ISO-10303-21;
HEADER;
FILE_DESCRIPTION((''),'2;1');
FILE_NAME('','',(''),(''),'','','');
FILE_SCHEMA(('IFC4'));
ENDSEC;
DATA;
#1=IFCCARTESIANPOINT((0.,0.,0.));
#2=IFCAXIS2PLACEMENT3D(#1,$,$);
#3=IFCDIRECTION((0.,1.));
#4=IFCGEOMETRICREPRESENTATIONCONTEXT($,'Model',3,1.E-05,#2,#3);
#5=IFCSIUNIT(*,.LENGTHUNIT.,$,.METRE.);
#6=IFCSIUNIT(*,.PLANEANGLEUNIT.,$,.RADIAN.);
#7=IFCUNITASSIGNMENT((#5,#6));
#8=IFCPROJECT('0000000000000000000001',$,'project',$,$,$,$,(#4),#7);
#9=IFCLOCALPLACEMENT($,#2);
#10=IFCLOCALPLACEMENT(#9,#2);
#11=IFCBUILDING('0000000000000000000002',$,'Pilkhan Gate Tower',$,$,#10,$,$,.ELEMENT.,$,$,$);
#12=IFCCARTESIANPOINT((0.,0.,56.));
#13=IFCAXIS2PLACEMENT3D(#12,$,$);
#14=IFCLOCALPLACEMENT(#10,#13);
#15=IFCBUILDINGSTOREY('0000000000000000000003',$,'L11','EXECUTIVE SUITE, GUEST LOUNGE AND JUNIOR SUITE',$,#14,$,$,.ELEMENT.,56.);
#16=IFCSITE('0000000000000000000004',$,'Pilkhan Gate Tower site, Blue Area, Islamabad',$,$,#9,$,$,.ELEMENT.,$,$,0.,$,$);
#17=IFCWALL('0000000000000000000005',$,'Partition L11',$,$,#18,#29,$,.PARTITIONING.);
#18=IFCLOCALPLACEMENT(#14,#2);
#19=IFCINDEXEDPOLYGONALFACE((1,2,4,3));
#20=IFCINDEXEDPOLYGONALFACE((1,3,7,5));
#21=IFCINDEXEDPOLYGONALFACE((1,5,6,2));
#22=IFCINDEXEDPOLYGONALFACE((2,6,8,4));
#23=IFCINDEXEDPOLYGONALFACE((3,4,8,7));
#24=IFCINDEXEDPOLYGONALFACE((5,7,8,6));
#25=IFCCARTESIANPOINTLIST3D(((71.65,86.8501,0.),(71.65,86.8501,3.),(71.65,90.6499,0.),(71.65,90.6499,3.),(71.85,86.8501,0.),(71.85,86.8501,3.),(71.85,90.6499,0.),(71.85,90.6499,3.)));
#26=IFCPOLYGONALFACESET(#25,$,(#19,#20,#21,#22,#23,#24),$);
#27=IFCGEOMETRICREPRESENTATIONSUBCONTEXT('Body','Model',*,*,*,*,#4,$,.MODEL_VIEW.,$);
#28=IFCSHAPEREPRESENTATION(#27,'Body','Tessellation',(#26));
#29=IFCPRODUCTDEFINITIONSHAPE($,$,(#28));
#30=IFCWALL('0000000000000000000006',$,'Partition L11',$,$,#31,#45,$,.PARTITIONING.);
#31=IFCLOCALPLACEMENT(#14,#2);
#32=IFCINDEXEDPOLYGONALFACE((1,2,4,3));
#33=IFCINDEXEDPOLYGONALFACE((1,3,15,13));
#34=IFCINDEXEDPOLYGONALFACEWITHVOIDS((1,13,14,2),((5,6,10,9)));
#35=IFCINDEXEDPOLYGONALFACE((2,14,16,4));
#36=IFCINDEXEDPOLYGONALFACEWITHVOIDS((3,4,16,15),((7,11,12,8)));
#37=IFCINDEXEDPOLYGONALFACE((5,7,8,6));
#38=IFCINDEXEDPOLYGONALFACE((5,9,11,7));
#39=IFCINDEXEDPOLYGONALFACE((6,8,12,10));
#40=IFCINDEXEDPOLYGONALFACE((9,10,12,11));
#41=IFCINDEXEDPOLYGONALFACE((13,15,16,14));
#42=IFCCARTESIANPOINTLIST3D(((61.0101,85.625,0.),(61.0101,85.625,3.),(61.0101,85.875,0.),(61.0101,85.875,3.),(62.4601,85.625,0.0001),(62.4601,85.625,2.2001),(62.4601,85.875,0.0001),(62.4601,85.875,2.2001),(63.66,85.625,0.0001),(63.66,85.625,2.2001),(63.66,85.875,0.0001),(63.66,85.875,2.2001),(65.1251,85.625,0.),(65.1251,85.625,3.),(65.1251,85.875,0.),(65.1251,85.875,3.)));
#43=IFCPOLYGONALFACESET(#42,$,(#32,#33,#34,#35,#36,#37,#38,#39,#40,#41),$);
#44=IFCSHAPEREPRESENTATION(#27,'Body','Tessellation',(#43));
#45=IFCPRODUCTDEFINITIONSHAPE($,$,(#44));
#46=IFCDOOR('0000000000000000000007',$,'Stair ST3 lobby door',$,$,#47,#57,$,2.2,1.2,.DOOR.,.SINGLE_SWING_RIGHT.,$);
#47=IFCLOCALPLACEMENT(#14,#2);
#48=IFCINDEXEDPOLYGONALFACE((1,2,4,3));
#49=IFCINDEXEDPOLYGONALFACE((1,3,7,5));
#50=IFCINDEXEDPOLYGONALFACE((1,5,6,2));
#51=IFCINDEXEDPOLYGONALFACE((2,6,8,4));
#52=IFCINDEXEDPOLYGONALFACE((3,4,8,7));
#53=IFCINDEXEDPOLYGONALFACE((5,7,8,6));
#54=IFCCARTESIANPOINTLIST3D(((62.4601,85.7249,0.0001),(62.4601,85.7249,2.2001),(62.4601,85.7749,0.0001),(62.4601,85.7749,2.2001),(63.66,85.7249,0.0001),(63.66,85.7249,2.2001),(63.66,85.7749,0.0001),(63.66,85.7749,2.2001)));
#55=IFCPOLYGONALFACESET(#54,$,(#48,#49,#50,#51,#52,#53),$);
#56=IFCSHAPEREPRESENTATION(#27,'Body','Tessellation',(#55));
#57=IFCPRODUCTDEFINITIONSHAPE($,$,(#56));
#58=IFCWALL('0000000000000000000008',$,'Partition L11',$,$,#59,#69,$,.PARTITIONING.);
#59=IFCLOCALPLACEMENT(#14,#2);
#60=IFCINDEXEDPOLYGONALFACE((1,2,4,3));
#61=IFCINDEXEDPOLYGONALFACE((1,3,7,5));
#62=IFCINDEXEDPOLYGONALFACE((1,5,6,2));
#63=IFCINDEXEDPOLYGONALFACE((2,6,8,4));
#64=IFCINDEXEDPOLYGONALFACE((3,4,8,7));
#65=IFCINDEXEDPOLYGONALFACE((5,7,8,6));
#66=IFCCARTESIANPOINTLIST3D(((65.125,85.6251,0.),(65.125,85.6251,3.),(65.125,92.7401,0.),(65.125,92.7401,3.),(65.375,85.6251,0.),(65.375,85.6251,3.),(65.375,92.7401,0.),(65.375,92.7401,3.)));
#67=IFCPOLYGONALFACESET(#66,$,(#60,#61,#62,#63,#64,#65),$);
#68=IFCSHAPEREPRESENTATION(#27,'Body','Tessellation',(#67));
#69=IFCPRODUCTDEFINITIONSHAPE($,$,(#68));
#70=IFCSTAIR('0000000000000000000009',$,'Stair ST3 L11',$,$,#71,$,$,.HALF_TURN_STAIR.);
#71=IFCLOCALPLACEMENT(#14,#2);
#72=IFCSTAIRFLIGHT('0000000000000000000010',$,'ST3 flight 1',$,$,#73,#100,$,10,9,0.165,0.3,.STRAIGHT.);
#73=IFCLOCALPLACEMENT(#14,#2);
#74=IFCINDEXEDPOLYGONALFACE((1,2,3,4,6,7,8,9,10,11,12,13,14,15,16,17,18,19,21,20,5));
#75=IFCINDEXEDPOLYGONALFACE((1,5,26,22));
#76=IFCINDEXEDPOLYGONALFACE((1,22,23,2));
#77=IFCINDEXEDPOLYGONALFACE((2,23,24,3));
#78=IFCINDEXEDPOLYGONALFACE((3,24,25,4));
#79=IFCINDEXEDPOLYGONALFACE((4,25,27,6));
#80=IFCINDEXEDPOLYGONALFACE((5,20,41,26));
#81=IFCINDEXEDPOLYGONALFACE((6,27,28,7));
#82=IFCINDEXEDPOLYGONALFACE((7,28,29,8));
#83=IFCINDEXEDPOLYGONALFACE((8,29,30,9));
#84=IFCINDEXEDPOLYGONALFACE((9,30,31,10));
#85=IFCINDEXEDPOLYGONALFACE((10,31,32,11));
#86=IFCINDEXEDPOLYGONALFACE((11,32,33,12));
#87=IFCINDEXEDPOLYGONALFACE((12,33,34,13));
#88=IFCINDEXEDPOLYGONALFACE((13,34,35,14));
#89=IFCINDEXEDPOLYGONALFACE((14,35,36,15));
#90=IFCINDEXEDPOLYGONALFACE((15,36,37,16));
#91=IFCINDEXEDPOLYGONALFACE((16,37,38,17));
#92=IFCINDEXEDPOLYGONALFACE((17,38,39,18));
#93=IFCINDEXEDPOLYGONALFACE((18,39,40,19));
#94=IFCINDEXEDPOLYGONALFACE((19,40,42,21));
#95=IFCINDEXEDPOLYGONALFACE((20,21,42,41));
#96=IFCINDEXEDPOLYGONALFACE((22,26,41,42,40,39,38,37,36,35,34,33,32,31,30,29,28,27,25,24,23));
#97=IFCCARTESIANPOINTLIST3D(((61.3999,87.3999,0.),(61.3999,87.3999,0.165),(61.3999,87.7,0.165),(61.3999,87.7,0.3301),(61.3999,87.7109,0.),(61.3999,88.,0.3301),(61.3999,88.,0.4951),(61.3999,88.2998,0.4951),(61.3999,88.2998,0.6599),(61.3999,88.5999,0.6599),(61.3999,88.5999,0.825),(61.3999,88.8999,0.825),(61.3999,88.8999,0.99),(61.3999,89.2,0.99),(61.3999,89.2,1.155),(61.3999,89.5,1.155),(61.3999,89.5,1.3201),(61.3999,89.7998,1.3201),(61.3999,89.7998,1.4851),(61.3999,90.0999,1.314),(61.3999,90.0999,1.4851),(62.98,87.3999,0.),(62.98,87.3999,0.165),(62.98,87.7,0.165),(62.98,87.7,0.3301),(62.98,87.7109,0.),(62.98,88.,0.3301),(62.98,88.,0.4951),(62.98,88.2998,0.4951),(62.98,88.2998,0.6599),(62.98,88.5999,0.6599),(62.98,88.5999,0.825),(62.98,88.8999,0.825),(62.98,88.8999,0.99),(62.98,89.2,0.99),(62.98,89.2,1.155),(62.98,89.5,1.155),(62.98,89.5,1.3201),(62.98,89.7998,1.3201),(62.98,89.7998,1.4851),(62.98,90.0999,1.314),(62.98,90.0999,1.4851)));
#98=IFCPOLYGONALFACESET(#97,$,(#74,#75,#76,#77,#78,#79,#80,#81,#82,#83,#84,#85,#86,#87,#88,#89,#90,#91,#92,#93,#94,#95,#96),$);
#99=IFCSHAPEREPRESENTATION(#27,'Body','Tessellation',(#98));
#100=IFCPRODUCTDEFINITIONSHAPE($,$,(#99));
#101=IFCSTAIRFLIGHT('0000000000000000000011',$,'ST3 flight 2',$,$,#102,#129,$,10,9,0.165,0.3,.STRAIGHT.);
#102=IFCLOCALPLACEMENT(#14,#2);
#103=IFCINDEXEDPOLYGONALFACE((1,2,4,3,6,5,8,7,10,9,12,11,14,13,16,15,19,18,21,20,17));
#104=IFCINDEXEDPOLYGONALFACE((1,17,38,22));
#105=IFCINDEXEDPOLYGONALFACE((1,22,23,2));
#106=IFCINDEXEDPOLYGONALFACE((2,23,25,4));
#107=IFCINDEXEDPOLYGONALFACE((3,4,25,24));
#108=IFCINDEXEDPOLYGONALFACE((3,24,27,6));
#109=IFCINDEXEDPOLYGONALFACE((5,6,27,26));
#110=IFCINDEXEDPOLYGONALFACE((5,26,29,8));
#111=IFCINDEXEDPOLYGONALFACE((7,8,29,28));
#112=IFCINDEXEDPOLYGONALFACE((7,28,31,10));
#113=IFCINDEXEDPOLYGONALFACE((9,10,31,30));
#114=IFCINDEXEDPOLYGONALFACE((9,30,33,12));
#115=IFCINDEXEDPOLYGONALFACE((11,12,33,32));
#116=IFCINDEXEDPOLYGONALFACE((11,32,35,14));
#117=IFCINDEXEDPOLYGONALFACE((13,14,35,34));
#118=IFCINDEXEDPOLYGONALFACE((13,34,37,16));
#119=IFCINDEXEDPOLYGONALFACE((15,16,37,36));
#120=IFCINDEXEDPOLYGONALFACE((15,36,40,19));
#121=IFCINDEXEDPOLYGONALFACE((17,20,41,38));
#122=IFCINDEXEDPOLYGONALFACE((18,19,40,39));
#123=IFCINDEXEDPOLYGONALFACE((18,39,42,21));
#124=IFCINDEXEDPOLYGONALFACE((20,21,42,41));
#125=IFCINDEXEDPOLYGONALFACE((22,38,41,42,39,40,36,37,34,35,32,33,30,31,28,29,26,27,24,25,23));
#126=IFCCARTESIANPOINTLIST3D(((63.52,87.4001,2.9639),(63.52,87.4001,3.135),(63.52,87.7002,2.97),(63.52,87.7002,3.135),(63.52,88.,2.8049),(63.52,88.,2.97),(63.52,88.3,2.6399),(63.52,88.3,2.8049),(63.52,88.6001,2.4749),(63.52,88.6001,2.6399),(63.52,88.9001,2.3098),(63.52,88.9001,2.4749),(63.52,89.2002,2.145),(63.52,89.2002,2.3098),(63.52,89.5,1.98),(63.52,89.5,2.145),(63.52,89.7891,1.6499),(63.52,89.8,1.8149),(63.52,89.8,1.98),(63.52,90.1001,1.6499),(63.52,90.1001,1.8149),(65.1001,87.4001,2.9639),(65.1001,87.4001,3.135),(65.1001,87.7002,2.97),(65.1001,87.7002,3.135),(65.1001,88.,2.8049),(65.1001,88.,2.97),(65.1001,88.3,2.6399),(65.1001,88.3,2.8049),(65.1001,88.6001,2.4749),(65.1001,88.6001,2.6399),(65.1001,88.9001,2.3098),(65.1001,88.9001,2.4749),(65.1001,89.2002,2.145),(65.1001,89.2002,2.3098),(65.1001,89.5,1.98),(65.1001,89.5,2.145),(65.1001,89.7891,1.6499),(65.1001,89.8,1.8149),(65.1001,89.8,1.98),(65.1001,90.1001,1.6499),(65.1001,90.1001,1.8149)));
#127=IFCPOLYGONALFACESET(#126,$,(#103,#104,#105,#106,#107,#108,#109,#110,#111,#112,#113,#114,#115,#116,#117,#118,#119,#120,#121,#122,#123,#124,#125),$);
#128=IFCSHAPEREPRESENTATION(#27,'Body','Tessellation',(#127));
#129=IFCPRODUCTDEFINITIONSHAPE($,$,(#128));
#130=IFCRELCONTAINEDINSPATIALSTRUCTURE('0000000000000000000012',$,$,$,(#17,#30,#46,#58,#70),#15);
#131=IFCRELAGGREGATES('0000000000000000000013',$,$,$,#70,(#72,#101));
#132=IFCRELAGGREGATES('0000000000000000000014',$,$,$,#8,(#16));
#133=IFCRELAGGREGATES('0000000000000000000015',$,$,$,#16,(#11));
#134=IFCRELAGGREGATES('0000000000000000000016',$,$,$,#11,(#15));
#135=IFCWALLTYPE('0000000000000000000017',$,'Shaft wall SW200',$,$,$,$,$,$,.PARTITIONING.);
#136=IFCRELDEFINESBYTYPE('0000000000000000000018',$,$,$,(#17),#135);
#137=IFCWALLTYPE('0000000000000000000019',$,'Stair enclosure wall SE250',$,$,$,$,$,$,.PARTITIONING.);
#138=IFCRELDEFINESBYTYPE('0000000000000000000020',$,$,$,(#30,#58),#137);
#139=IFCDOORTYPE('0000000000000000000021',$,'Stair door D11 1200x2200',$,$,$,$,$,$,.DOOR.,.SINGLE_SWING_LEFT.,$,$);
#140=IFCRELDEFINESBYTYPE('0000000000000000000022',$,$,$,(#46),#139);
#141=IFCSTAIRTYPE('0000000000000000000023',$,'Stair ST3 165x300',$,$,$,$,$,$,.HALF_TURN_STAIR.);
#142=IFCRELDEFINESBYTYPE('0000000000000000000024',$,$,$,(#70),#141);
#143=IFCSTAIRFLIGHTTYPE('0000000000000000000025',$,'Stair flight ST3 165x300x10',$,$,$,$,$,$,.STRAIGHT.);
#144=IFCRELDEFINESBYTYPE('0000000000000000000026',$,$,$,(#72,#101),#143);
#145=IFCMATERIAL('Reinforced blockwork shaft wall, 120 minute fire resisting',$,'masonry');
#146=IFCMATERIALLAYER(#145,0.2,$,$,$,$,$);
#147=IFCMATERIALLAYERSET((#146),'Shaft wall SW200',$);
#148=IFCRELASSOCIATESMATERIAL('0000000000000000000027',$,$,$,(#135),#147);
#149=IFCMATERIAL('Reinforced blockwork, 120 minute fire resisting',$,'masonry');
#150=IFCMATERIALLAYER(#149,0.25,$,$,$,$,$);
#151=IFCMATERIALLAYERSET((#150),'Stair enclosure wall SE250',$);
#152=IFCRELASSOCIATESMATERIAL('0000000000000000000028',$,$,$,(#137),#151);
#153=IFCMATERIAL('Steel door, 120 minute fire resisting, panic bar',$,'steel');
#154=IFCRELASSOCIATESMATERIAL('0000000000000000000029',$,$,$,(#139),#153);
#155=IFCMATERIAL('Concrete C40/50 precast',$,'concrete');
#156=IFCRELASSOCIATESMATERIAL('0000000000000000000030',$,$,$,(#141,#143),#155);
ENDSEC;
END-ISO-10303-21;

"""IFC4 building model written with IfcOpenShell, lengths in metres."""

from ifc_helpers import new_model, si_unit, direction, frame, frame_2d, origin, place, context, subcontext, project, spatial, polyline, rectangle, outline, extrude, material, layer, layer_set, type_object, element, fill, aggregate, save


model = new_model("IFC4")

# Units and contexts
model_context = context("Model", 3, precision=1e-05, world=origin(), true_north=direction((0.0, 1.0)))
body_context = subcontext(model_context, "Body", "Model", "MODEL_VIEW")
ifc_project = project(units=[si_unit("LENGTHUNIT", "METRE"), si_unit("PLANEANGLEUNIT", "RADIAN")], contexts=[model_context])

# Site, building, storey
site_placement = place(None, origin())
site = spatial("IfcSite", under=ifc_project, at=site_placement, Name="Pilkhan Gate Tower site, Blue Area, Islamabad", CompositionType="ELEMENT", RefElevation=0.0)
building_placement = place(site_placement, origin())
building = spatial("IfcBuilding", under=site, at=building_placement, Name="Pilkhan Gate Tower", CompositionType="ELEMENT")
storey_placement = place(building_placement, frame((0.0, 0.0, 56.0)))
storey = spatial("IfcBuildingStorey", under=building, at=storey_placement, Name="L11", Description="EXECUTIVE SUITE, GUEST LOUNGE AND JUNIOR SUITE", CompositionType="ELEMENT", Elevation=56.0)

# Shared definitions
ifc_material_1 = material(Name="Reinforced blockwork shaft wall, 120 minute fire resisting", Category="masonry")
ifc_layer_1 = layer(ifc_material_1, 0.2)
ifc_layer_set_1 = layer_set([ifc_layer_1], Name="Shaft wall SW200")
wall_type_1 = type_object("IfcWallType", Name="Shaft wall SW200", PredefinedType="PARTITIONING", material=ifc_layer_set_1)

# Wall
for number, where, z_axis, x_axis, name in (
    (1, (71.75, 86.8501, 0.0), (0.0, 0.0, 1.0), (0.0, 1.0, 0.0), "Partition L11"),
):
    element("IfcWall", number, at=place(storey_placement, frame(where, z_axis=z_axis, x_axis=x_axis)), inside=storey, type_object=wall_type_1, Name=name, PredefinedType="PARTITIONING", context=body_context, shape_type="SweptSolid", body=[
        extrude(rectangle(XDim=3.7998, YDim=0.2, at=frame_2d((1.8999, 0.0))), origin(), (0.0, 0.0, 1.0), 3.0),
    ])

# Wall, opening, door
ifc_material_2 = material(Name="Reinforced blockwork, 120 minute fire resisting", Category="masonry")
ifc_layer_2 = layer(ifc_material_2, 0.25)
ifc_layer_set_2 = layer_set([ifc_layer_2], Name="Stair enclosure wall SE250")
wall_type_2 = type_object("IfcWallType", Name="Stair enclosure wall SE250", PredefinedType="PARTITIONING", material=ifc_layer_set_2)
wall_1_placement = place(storey_placement, frame((61.01, 85.75, 0.0), z_axis=(0.0, 0.0, 1.0), x_axis=(1.0, 0.0, 0.0)))
wall_1 = element("IfcWall", 2, at=wall_1_placement, inside=storey, type_object=wall_type_2, Name="Partition L11", PredefinedType="PARTITIONING", context=body_context, shape_type="SweptSolid", body=[
    extrude(rectangle(XDim=4.115, YDim=0.25, at=frame_2d((2.0576, 0.0))), origin(), (0.0, 0.0, 1.0), 3.0),
])
opening_1_placement = place(wall_1_placement, frame((1.45, 0.0, 0.0)))
opening_1 = element("IfcOpeningElement", 3, at=opening_1_placement, cuts=wall_1, PredefinedType="OPENING", context=body_context, shape_type="SweptSolid", body=[
    extrude(rectangle(XDim=1.2, YDim=2.2, at=frame_2d((0.6001, 1.1001))), frame((0.0, 0.135, 0.0), z_axis=(0.0, -1.0, 0.0), x_axis=(1.0, 0.0, 0.0)), (0.0, 0.0, 1.0), 0.27),
])
ifc_material_3 = material(Name="Steel door, 120 minute fire resisting, panic bar", Category="steel")
door_type_1 = type_object("IfcDoorType", Name="Stair door D11 1200x2200", OperationType="SINGLE_SWING_LEFT", PredefinedType="DOOR", material=ifc_material_3)
door_1_placement = place(opening_1_placement, origin())
door_1 = element("IfcDoor", 4, at=door_1_placement, inside=storey, type_object=door_type_1, Name="Stair ST3 lobby door", OperationType="SINGLE_SWING_RIGHT", OverallHeight=2.2, OverallWidth=1.2, PredefinedType="DOOR", context=body_context, shape_type="SweptSolid", body=[
    extrude(rectangle(XDim=1.2, YDim=2.2, at=frame_2d((0.6001, 1.1001))), frame((0.0, 0.0249, 0.0), z_axis=(0.0, -1.0, 0.0), x_axis=(1.0, 0.0, 0.0)), (0.0, 0.0, 1.0), 0.05),
])
fill(opening_1, door_1)

# Wall
wall_2_placement = place(storey_placement, frame((65.25, 85.625, 0.0), z_axis=(0.0, 0.0, 1.0), x_axis=(0.0, 1.0, 0.0)))
element("IfcWall", 5, at=wall_2_placement, inside=storey, type_object=wall_type_2, Name="Partition L11", PredefinedType="PARTITIONING", context=body_context, shape_type="SweptSolid", body=[
    extrude(rectangle(XDim=7.115, YDim=0.25, at=frame_2d((3.5576, 0.0))), origin(), (0.0, 0.0, 1.0), 3.0),
])

# Stair, stair flights
ifc_material_4 = material(Name="Concrete C40/50 precast", Category="concrete")
stair_type = type_object("IfcStairType", Name="Stair ST3 165x300", PredefinedType="HALF_TURN_STAIR", material=ifc_material_4)
stair_placement = place(storey_placement, origin())
stair = element("IfcStair", 6, at=stair_placement, inside=storey, type_object=stair_type, Name="Stair ST3 L11", PredefinedType="HALF_TURN_STAIR")
stair_flight_type = type_object("IfcStairFlightType", Name="Stair flight ST3 165x300x10", PredefinedType="STRAIGHT", material=ifc_material_4)
stair_flight_1_placement = place(storey_placement, frame((62.1899, 87.3999, 0.0), z_axis=(0.0, 0.0, 1.0), x_axis=(0.0, 1.0, 0.0)))
stair_flight_1 = element("IfcStairFlight", 7, at=stair_flight_1_placement, type_object=stair_flight_type, Name="ST3 flight 1", NumberOfRisers=10, NumberOfTreads=9, PredefinedType="STRAIGHT", RiserHeight=0.165, TreadLength=0.3, context=body_context, shape_type="SweptSolid", body=[
    extrude(outline(polyline([(0.0, 0.0), (0.0, 0.165), (0.3, 0.165), (0.3, 0.3301), (0.6001, 0.3301), (0.6001, 0.4951), (0.8999, 0.4951), (0.8999, 0.6599), (1.2, 0.6599), (1.2, 0.825), (1.5, 0.825), (1.5, 0.99), (1.8, 0.99), (1.8, 1.155), (2.1001, 1.155), (2.1001, 1.3201), (2.3999, 1.3201), (2.3999, 1.4851), (2.7, 1.4851), (2.7, 1.6499), (2.7, 1.314), (0.311, 0.0), (0.0, 0.0)])), frame((0.0, 0.79, 0.0), z_axis=(0.0, -1.0, 0.0), x_axis=(1.0, 0.0, 0.0)), (0.0, 0.0, 1.0), 1.5801),
])
stair_flight_2_placement = place(storey_placement, frame((64.3101, 90.1001, 1.6499), z_axis=(0.0, 0.0, 1.0), x_axis=(0.0, -1.0, 0.0)))
stair_flight_2 = element("IfcStairFlight", 8, at=stair_flight_2_placement, type_object=stair_flight_type, Name="ST3 flight 2", NumberOfRisers=10, NumberOfTreads=9, PredefinedType="STRAIGHT", RiserHeight=0.165, TreadLength=0.3, context=body_context, shape_type="SweptSolid", body=[
    extrude(outline(polyline([(0.0, 0.0), (0.0, 0.165), (0.3, 0.165), (0.3, 0.3301), (0.6001, 0.3301), (0.6001, 0.4951), (0.8999, 0.4951), (0.8999, 0.6599), (1.2, 0.6599), (1.2, 0.825), (1.5, 0.825), (1.5, 0.99), (1.8, 0.99), (1.8, 1.155), (2.1001, 1.155), (2.1001, 1.3201), (2.3999, 1.3201), (2.3999, 1.4851), (2.7, 1.4851), (2.7, 1.6499), (2.7, 1.314), (0.311, 0.0), (0.0, 0.0)])), frame((0.0, 0.79, 0.0), z_axis=(0.0, -1.0, 0.0), x_axis=(1.0, 0.0, 0.0)), (0.0, 0.0, 1.0), 1.5801),
])
aggregate(stair, [stair_flight_1, stair_flight_2])

save(model, "model.ifc")
